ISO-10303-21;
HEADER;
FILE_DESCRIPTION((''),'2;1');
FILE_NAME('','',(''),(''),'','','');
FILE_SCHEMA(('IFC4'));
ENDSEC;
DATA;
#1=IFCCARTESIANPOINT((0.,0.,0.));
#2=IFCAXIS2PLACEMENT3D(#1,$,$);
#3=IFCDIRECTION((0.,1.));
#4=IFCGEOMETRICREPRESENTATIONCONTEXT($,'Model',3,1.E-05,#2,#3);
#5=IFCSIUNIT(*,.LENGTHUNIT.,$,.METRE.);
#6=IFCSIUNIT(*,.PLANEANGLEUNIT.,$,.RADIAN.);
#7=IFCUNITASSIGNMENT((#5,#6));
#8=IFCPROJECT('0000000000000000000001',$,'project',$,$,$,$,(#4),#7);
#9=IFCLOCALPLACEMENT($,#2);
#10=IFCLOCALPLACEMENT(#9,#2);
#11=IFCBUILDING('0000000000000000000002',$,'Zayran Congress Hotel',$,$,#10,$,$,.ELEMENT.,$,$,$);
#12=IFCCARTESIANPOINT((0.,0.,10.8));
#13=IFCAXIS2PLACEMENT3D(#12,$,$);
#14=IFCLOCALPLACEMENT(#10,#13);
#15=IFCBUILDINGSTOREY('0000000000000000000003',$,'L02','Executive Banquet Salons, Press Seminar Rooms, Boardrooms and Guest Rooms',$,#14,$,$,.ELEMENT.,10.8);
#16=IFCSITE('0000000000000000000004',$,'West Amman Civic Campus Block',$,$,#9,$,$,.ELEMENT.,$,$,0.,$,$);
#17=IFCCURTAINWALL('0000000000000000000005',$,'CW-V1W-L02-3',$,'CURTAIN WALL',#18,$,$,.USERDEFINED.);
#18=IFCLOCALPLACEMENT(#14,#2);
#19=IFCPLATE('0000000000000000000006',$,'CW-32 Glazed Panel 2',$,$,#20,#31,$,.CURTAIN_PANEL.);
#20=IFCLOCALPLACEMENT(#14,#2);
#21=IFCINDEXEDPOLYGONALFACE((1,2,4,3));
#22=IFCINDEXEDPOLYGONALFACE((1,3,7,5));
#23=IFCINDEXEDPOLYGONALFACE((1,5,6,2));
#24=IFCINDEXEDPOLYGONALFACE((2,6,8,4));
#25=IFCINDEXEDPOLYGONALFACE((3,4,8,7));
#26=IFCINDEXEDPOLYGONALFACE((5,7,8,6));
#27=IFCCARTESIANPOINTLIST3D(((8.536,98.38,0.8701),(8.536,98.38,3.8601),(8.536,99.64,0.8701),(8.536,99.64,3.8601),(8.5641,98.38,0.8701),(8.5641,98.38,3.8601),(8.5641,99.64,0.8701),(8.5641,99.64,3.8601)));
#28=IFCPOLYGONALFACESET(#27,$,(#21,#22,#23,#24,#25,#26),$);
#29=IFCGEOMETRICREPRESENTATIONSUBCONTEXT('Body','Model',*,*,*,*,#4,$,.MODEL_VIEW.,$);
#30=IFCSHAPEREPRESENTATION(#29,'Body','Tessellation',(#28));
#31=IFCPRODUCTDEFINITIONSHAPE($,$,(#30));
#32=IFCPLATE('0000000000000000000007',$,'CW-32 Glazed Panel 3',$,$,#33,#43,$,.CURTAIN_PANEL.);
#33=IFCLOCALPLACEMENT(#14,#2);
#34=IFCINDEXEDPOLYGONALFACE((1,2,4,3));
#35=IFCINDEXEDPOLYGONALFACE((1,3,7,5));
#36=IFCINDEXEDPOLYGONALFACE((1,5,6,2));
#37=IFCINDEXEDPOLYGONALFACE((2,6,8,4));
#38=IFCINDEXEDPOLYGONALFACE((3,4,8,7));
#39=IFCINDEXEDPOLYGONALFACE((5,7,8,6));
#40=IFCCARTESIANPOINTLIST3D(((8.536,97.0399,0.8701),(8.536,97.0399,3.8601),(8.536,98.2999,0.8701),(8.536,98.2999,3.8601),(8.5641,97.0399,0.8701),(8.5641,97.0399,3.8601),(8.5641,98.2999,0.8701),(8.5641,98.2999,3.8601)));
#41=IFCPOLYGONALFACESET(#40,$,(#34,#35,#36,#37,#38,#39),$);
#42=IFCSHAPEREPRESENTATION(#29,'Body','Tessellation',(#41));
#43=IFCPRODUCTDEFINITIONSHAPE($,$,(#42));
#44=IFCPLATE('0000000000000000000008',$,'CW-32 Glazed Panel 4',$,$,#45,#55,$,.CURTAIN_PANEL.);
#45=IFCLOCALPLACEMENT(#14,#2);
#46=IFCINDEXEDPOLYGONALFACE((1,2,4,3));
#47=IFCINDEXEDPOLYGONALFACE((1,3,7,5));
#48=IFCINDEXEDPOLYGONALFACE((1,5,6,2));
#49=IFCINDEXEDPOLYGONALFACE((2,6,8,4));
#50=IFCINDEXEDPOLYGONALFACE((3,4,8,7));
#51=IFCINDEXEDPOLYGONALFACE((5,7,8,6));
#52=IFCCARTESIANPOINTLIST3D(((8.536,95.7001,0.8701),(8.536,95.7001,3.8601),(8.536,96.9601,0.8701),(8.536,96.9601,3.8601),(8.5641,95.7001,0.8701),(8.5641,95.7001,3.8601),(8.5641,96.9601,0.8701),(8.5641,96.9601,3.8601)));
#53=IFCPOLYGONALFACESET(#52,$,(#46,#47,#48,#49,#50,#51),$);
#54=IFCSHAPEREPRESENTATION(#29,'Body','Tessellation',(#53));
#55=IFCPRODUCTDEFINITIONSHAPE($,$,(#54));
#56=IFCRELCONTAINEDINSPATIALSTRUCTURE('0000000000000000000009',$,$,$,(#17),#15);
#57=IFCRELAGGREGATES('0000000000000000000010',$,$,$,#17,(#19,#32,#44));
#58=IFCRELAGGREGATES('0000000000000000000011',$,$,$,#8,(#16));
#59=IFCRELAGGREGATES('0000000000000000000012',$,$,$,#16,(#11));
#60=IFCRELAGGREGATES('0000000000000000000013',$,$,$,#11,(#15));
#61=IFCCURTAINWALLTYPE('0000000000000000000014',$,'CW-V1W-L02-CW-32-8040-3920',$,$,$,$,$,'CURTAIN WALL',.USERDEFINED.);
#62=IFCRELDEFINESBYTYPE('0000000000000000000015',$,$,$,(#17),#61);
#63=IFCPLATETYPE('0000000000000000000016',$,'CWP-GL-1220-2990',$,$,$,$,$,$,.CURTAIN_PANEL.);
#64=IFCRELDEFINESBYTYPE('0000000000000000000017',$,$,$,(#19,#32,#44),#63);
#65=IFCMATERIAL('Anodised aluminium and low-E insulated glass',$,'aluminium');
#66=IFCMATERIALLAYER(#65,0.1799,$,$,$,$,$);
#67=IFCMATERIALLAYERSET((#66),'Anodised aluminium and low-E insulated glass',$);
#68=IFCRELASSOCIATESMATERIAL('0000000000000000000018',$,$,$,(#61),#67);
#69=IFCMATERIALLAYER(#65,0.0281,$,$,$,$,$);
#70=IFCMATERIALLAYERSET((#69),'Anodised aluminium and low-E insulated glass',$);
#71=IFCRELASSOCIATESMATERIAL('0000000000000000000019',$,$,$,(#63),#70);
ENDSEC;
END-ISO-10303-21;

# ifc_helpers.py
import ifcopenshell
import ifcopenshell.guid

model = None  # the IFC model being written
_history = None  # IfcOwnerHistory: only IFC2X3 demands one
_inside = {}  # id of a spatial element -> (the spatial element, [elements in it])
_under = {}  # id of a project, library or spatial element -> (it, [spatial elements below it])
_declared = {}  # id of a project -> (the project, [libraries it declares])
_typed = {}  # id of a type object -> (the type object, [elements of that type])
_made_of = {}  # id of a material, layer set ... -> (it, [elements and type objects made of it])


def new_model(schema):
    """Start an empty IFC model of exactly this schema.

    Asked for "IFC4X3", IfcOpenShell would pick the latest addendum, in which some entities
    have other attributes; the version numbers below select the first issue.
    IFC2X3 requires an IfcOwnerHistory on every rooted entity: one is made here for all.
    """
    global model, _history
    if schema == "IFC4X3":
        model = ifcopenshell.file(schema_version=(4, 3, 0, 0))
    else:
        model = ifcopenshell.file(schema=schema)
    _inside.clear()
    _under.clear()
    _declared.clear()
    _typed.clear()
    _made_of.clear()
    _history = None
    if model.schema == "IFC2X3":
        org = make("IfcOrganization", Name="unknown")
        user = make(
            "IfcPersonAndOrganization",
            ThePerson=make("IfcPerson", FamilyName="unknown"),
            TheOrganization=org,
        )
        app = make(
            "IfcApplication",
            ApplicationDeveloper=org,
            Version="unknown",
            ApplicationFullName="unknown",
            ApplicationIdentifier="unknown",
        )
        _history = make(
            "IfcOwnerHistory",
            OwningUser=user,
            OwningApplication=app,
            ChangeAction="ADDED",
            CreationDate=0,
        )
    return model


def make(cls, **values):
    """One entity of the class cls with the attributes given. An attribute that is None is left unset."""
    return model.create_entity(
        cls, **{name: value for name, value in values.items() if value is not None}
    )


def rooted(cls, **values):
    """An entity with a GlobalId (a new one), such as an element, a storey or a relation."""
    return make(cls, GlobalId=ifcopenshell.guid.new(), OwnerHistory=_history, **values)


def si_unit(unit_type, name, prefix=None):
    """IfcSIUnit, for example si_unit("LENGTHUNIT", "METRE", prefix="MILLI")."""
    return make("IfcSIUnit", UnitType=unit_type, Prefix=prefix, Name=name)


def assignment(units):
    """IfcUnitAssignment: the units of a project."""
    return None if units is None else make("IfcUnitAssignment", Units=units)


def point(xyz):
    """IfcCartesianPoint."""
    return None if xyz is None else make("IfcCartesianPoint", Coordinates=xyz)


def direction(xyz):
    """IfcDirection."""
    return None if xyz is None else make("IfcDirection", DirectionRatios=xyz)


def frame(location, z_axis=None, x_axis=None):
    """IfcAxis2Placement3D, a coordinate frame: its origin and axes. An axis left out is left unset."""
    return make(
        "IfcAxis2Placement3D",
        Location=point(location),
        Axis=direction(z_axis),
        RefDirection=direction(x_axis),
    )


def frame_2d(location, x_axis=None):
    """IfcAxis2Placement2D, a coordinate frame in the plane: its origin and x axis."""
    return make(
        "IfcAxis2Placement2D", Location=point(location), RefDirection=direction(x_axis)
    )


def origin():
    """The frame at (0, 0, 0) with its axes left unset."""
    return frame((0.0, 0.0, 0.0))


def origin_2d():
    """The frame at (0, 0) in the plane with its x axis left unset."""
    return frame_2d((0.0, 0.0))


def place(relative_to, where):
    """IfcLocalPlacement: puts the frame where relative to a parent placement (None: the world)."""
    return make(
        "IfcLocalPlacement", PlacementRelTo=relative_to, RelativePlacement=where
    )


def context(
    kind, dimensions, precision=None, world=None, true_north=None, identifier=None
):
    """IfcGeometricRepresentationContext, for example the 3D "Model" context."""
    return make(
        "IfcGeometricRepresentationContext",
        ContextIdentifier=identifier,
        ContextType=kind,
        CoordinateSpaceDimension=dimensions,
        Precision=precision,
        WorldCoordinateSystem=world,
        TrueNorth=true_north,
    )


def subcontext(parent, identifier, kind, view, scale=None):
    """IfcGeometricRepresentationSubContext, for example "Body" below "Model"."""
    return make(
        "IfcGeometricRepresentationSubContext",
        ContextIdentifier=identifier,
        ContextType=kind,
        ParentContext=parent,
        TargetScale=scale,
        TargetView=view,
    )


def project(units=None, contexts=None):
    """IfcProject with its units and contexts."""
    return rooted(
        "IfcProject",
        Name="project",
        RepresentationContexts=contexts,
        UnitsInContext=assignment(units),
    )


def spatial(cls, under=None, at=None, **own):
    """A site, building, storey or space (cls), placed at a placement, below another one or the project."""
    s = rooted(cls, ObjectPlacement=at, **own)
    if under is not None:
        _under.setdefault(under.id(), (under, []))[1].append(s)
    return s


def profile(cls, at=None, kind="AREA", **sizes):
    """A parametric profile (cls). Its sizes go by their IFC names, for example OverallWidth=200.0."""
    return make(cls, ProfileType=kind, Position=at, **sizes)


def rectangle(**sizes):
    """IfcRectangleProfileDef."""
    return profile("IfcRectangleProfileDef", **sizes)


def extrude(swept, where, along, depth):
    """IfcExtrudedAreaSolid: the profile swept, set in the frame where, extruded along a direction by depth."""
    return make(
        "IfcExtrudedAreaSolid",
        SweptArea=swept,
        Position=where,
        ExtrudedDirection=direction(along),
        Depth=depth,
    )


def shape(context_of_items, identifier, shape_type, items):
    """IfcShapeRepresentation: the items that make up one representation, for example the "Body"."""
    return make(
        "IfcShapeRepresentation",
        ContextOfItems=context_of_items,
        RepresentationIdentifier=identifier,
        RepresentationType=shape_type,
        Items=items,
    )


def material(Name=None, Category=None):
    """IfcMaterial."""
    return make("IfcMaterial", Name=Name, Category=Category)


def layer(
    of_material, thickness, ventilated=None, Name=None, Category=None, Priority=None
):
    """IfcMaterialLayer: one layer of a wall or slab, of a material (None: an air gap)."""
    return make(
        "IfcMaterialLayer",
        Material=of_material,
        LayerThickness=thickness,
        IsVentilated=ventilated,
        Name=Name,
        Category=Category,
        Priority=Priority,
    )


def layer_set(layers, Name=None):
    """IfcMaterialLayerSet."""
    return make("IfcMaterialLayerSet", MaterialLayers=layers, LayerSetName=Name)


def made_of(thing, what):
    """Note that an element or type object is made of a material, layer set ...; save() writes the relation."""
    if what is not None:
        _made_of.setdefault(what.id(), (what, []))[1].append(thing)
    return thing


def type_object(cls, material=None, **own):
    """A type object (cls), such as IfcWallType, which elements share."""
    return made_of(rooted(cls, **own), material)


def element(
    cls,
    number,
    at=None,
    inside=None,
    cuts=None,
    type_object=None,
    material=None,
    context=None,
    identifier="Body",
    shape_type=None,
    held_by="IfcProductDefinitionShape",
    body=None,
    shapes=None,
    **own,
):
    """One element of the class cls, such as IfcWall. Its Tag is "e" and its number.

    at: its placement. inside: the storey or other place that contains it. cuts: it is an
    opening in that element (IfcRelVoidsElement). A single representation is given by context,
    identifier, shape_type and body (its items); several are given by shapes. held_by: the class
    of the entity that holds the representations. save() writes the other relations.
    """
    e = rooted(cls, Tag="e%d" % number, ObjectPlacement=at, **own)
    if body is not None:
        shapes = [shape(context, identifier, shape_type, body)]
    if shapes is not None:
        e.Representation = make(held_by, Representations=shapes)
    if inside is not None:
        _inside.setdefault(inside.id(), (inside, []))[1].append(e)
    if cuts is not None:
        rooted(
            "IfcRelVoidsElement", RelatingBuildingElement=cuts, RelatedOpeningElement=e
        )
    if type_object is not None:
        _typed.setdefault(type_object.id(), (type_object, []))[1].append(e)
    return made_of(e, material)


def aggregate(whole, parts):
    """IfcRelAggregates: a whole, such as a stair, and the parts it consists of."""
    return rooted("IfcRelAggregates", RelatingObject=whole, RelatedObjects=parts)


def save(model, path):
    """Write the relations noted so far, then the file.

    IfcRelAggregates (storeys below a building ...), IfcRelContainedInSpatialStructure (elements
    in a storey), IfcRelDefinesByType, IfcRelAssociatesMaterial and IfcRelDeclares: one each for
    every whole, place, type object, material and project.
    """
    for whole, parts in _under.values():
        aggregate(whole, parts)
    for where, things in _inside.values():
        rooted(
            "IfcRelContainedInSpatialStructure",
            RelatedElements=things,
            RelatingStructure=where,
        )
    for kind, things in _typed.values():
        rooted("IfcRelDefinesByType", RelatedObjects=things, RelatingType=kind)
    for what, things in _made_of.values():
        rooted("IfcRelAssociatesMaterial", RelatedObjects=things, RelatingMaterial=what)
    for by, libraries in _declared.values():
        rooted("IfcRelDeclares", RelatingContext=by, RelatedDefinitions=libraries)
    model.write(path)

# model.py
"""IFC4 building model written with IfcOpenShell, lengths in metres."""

from ifc_helpers import new_model, si_unit, direction, frame, origin, origin_2d, place, context, subcontext, project, spatial, rectangle, extrude, material, layer, layer_set, type_object, element, aggregate, save


model = new_model("IFC4")

# Units and contexts
model_context = context("Model", 3, precision=1e-05, world=origin(), true_north=direction((0.0, 1.0)))
body_context = subcontext(model_context, "Body", "Model", "MODEL_VIEW")
ifc_project = project(units=[si_unit("LENGTHUNIT", "METRE"), si_unit("PLANEANGLEUNIT", "RADIAN")], contexts=[model_context])

# Site, building, storey
site_placement = place(None, origin())
site = spatial("IfcSite", under=ifc_project, at=site_placement, Name="West Amman Civic Campus Block", CompositionType="ELEMENT", RefElevation=0.0)
building_placement = place(site_placement, origin())
building = spatial("IfcBuilding", under=site, at=building_placement, Name="Zayran Congress Hotel", CompositionType="ELEMENT")
storey_placement = place(building_placement, frame((0.0, 0.0, 10.8)))
storey = spatial("IfcBuildingStorey", under=building, at=storey_placement, Name="L02", Description="Executive Banquet Salons, Press Seminar Rooms, Boardrooms and Guest Rooms", CompositionType="ELEMENT", Elevation=10.8)

# Curtain wall, plates
ifc_material_1 = material(Name="Anodised aluminium and low-E insulated glass", Category="aluminium")
ifc_layer_1 = layer(ifc_material_1, 0.1799)
ifc_layer_set_1 = layer_set([ifc_layer_1], Name="Anodised aluminium and low-E insulated glass")
curtain_wall_type = type_object("IfcCurtainWallType", Name="CW-V1W-L02-CW-32-8040-3920", ElementType="CURTAIN WALL", PredefinedType="USERDEFINED", material=ifc_layer_set_1)
curtain_wall_placement = place(storey_placement, origin())
curtain_wall = element("IfcCurtainWall", 1, at=curtain_wall_placement, inside=storey, type_object=curtain_wall_type, Name="CW-V1W-L02-3", ObjectType="CURTAIN WALL", PredefinedType="USERDEFINED")
ifc_layer_2 = layer(ifc_material_1, 0.0281)
ifc_layer_set_2 = layer_set([ifc_layer_2], Name="Anodised aluminium and low-E insulated glass")
plate_type_1 = type_object("IfcPlateType", Name="CWP-GL-1220-2990", PredefinedType="CURTAIN_PANEL", material=ifc_layer_set_2)
plate_1_placement = place(storey_placement, frame((8.55, 99.01, 0.8701), z_axis=(0.0, 0.0, 1.0), x_axis=(0.0, 1.0, 0.0)))
plate_1 = element("IfcPlate", 2, at=plate_1_placement, type_object=plate_type_1, Name="CW-32 Glazed Panel 2", PredefinedType="CURTAIN_PANEL", context=body_context, shape_type="SweptSolid", body=[
    extrude(rectangle(XDim=1.26, YDim=0.0281, at=origin_2d()), origin(), (0.0, 0.0, 1.0), 2.99),
])
plate_2_placement = place(storey_placement, frame((8.55, 97.6699, 0.8701), z_axis=(0.0, 0.0, 1.0), x_axis=(0.0, 1.0, 0.0)))
plate_2 = element("IfcPlate", 3, at=plate_2_placement, type_object=plate_type_1, Name="CW-32 Glazed Panel 3", PredefinedType="CURTAIN_PANEL", context=body_context, shape_type="SweptSolid", body=[
    extrude(rectangle(XDim=1.26, YDim=0.0281, at=origin_2d()), origin(), (0.0, 0.0, 1.0), 2.99),
])
plate_3_placement = place(storey_placement, frame((8.55, 96.3301, 0.8701), z_axis=(0.0, 0.0, 1.0), x_axis=(0.0, 1.0, 0.0)))
plate_3 = element("IfcPlate", 4, at=plate_3_placement, type_object=plate_type_1, Name="CW-32 Glazed Panel 4", PredefinedType="CURTAIN_PANEL", context=body_context, shape_type="SweptSolid", body=[
    extrude(rectangle(XDim=1.26, YDim=0.0281, at=origin_2d()), origin(), (0.0, 0.0, 1.0), 2.99),
])
aggregate(curtain_wall, [plate_1, plate_2, plate_3])

save(model, "model.ifc")
